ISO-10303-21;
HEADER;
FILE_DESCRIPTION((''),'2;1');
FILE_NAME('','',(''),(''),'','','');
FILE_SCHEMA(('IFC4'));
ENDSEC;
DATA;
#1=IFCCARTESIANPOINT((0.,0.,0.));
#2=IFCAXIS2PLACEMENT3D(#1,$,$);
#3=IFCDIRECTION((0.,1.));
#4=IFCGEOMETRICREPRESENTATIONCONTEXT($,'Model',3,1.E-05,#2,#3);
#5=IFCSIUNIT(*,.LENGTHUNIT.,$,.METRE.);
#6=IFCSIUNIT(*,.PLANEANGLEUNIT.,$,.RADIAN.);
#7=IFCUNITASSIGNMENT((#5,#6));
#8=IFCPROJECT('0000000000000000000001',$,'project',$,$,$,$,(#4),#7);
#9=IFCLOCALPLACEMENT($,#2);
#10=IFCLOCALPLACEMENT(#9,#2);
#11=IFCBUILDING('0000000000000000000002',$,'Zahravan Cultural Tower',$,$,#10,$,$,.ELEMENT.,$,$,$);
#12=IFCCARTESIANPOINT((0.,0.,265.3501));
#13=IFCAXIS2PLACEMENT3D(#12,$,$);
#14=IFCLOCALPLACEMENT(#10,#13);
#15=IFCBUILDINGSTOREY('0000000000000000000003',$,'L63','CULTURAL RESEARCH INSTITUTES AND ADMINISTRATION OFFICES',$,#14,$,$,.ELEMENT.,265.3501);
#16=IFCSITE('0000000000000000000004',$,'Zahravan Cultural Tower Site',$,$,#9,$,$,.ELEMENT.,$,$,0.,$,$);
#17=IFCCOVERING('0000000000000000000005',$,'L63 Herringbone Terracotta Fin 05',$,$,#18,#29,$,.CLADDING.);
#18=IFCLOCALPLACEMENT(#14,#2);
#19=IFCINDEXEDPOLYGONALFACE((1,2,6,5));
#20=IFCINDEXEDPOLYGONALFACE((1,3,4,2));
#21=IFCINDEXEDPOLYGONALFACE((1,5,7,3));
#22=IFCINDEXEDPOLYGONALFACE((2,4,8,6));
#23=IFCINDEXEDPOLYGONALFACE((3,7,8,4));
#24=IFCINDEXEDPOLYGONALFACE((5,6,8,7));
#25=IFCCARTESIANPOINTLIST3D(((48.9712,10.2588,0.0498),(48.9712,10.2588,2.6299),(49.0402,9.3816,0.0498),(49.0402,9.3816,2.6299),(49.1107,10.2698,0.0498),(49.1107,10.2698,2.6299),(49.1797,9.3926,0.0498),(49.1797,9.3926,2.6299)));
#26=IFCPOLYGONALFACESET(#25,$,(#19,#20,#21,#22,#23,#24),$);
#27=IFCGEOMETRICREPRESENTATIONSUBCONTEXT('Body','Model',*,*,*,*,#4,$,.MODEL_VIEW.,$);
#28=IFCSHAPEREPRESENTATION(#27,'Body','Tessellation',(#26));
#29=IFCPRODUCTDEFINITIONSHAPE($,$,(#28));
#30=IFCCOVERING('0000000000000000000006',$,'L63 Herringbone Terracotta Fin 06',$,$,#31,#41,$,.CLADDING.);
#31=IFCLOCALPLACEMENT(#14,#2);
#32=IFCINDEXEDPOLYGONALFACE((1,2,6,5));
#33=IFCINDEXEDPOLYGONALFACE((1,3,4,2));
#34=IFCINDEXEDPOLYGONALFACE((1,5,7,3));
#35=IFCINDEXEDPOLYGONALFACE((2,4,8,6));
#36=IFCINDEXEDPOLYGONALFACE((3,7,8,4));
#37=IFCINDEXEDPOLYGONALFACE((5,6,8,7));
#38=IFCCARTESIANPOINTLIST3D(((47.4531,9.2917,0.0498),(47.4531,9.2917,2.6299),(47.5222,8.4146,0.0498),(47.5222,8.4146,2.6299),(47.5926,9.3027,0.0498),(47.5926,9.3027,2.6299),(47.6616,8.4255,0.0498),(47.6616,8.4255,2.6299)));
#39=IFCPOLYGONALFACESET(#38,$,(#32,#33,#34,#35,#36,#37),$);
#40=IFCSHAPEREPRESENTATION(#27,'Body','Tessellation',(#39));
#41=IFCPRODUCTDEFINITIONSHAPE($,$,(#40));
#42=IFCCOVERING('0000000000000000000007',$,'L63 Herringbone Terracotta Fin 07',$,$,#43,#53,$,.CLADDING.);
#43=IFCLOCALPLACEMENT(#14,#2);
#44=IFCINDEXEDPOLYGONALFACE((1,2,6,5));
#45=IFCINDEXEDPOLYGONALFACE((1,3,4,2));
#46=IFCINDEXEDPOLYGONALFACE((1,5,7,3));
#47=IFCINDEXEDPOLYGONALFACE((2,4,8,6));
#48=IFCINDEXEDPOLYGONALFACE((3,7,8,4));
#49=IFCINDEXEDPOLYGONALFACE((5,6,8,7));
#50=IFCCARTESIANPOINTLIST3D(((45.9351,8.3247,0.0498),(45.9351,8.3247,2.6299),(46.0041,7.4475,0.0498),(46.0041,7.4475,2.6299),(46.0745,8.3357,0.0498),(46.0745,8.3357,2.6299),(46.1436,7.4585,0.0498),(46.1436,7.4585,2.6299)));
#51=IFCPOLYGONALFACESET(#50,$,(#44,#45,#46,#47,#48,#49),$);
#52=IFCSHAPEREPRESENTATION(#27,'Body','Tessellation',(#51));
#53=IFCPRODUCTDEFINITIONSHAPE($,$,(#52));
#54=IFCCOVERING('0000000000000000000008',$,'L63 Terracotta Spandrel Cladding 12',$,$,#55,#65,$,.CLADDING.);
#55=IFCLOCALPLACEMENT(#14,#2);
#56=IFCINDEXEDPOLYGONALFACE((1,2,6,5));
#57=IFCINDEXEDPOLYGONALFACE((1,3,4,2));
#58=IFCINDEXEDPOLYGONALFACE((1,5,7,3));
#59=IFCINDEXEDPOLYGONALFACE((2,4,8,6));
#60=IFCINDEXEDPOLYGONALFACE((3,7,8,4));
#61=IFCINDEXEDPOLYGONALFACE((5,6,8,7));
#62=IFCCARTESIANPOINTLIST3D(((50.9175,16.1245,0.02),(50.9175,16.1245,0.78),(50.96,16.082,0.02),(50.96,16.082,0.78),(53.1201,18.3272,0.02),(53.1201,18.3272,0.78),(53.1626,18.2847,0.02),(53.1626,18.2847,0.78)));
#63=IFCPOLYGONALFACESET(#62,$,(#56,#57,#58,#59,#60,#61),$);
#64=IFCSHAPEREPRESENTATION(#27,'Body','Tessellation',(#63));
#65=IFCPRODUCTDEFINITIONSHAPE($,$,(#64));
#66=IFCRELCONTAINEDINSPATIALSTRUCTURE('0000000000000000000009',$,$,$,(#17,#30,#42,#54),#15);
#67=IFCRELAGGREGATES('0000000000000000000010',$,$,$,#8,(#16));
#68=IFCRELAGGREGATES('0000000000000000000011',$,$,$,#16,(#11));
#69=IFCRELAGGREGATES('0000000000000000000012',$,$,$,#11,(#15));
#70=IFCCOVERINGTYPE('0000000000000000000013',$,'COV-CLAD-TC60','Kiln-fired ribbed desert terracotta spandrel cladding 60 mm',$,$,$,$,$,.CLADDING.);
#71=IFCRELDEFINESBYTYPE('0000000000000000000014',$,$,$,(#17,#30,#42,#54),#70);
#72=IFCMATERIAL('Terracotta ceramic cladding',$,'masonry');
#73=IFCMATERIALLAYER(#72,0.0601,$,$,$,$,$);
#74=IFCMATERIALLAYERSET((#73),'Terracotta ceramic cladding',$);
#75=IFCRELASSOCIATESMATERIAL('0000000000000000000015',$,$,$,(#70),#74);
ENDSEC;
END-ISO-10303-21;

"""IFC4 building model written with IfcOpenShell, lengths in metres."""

from ifc_helpers import new_model, si_unit, direction, frame, origin, origin_2d, place, context, subcontext, project, spatial, rectangle, extrude, source, transform, mapped, material, layer, layer_set, type_object, element, save


model = new_model("IFC4")

# Units and contexts
model_context = context("Model", 3, precision=1e-05, world=origin(), true_north=direction((0.0, 1.0)))
body_context = subcontext(model_context, "Body", "Model", "MODEL_VIEW")
ifc_project = project(units=[si_unit("LENGTHUNIT", "METRE"), si_unit("PLANEANGLEUNIT", "RADIAN")], contexts=[model_context])

# Site, building, storey
site_placement = place(None, origin())
site = spatial("IfcSite", under=ifc_project, at=site_placement, Name="Zahravan Cultural Tower Site", CompositionType="ELEMENT", RefElevation=0.0)
building_placement = place(site_placement, origin())
building = spatial("IfcBuilding", under=site, at=building_placement, Name="Zahravan Cultural Tower", CompositionType="ELEMENT")
storey_placement = place(building_placement, frame((0.0, 0.0, 265.3501)))
storey = spatial("IfcBuildingStorey", under=building, at=storey_placement, Name="L63", Description="CULTURAL RESEARCH INSTITUTES AND ADMINISTRATION OFFICES", CompositionType="ELEMENT", Elevation=265.3501)

# Coverings
ifc_material_1 = material(Name="Terracotta ceramic cladding", Category="masonry")
ifc_layer_1 = layer(ifc_material_1, 0.0601)
ifc_layer_set_1 = layer_set([ifc_layer_1], Name="Terracotta ceramic cladding")
covering_type = type_object("IfcCoveringType", Name="COV-CLAD-TC60", Description="Kiln-fired ribbed desert terracotta spandrel cladding 60 mm", PredefinedType="CLADDING", material=ifc_layer_set_1)
shared_shape_1 = source(origin(), body_context, "Body", "SweptSolid", [
    extrude(rectangle(XDim=0.8799, YDim=0.1399, at=origin_2d()), origin(), (0.0, 0.0, 1.0), 2.5801),
])
for number, where, z_axis, x_axis, name in (
    (1, (49.0754, 9.8257, 0.0498), (0.0, 0.0, 1.0), (0.078459, -0.996917, 0.0), "L63 Herringbone Terracotta Fin 05"),
    (2, (47.5574, 8.8586, 0.0498), (0.0, 0.0, 1.0), (0.078459, -0.996917, 0.0), "L63 Herringbone Terracotta Fin 06"),
    (3, (46.0393, 7.8916, 0.0498), (0.0, 0.0, 1.0), (0.078459, -0.996917, 0.0), "L63 Herringbone Terracotta Fin 07"),
):
    element("IfcCovering", number, at=place(storey_placement, frame(where, z_axis=z_axis, x_axis=x_axis)), inside=storey, type_object=covering_type, Name=name, PredefinedType="CLADDING", context=body_context, shape_type="MappedRepresentation", body=[
        mapped(shared_shape_1, transform((0.0, 0.0, 0.0), x_axis=(1.0, 0.0, 0.0), y_axis=(0.0, 1.0, 0.0), z_axis=(0.0, 0.0, 1.0), scale=1.0)),
    ])
shared_shape_2 = source(origin(), body_context, "Body", "SweptSolid", [
    extrude(rectangle(XDim=3.115, YDim=0.0601, at=origin_2d()), origin(), (0.0, 0.0, 1.0), 0.76),
])
covering_1_placement = place(storey_placement, frame((52.04, 17.2046, 0.02), z_axis=(0.0, 0.0, 1.0), x_axis=(-0.707094, -0.707119, 0.0)))
element("IfcCovering", 4, at=covering_1_placement, inside=storey, type_object=covering_type, Name="L63 Terracotta Spandrel Cladding 12", PredefinedType="CLADDING", context=body_context, shape_type="MappedRepresentation", body=[
    mapped(shared_shape_2, transform((0.0, 0.0, 0.0), x_axis=(1.0, 0.0, 0.0), y_axis=(0.0, 1.0, 0.0), z_axis=(0.0, 0.0, 1.0), scale=1.0)),
])

save(model, "model.ifc")
